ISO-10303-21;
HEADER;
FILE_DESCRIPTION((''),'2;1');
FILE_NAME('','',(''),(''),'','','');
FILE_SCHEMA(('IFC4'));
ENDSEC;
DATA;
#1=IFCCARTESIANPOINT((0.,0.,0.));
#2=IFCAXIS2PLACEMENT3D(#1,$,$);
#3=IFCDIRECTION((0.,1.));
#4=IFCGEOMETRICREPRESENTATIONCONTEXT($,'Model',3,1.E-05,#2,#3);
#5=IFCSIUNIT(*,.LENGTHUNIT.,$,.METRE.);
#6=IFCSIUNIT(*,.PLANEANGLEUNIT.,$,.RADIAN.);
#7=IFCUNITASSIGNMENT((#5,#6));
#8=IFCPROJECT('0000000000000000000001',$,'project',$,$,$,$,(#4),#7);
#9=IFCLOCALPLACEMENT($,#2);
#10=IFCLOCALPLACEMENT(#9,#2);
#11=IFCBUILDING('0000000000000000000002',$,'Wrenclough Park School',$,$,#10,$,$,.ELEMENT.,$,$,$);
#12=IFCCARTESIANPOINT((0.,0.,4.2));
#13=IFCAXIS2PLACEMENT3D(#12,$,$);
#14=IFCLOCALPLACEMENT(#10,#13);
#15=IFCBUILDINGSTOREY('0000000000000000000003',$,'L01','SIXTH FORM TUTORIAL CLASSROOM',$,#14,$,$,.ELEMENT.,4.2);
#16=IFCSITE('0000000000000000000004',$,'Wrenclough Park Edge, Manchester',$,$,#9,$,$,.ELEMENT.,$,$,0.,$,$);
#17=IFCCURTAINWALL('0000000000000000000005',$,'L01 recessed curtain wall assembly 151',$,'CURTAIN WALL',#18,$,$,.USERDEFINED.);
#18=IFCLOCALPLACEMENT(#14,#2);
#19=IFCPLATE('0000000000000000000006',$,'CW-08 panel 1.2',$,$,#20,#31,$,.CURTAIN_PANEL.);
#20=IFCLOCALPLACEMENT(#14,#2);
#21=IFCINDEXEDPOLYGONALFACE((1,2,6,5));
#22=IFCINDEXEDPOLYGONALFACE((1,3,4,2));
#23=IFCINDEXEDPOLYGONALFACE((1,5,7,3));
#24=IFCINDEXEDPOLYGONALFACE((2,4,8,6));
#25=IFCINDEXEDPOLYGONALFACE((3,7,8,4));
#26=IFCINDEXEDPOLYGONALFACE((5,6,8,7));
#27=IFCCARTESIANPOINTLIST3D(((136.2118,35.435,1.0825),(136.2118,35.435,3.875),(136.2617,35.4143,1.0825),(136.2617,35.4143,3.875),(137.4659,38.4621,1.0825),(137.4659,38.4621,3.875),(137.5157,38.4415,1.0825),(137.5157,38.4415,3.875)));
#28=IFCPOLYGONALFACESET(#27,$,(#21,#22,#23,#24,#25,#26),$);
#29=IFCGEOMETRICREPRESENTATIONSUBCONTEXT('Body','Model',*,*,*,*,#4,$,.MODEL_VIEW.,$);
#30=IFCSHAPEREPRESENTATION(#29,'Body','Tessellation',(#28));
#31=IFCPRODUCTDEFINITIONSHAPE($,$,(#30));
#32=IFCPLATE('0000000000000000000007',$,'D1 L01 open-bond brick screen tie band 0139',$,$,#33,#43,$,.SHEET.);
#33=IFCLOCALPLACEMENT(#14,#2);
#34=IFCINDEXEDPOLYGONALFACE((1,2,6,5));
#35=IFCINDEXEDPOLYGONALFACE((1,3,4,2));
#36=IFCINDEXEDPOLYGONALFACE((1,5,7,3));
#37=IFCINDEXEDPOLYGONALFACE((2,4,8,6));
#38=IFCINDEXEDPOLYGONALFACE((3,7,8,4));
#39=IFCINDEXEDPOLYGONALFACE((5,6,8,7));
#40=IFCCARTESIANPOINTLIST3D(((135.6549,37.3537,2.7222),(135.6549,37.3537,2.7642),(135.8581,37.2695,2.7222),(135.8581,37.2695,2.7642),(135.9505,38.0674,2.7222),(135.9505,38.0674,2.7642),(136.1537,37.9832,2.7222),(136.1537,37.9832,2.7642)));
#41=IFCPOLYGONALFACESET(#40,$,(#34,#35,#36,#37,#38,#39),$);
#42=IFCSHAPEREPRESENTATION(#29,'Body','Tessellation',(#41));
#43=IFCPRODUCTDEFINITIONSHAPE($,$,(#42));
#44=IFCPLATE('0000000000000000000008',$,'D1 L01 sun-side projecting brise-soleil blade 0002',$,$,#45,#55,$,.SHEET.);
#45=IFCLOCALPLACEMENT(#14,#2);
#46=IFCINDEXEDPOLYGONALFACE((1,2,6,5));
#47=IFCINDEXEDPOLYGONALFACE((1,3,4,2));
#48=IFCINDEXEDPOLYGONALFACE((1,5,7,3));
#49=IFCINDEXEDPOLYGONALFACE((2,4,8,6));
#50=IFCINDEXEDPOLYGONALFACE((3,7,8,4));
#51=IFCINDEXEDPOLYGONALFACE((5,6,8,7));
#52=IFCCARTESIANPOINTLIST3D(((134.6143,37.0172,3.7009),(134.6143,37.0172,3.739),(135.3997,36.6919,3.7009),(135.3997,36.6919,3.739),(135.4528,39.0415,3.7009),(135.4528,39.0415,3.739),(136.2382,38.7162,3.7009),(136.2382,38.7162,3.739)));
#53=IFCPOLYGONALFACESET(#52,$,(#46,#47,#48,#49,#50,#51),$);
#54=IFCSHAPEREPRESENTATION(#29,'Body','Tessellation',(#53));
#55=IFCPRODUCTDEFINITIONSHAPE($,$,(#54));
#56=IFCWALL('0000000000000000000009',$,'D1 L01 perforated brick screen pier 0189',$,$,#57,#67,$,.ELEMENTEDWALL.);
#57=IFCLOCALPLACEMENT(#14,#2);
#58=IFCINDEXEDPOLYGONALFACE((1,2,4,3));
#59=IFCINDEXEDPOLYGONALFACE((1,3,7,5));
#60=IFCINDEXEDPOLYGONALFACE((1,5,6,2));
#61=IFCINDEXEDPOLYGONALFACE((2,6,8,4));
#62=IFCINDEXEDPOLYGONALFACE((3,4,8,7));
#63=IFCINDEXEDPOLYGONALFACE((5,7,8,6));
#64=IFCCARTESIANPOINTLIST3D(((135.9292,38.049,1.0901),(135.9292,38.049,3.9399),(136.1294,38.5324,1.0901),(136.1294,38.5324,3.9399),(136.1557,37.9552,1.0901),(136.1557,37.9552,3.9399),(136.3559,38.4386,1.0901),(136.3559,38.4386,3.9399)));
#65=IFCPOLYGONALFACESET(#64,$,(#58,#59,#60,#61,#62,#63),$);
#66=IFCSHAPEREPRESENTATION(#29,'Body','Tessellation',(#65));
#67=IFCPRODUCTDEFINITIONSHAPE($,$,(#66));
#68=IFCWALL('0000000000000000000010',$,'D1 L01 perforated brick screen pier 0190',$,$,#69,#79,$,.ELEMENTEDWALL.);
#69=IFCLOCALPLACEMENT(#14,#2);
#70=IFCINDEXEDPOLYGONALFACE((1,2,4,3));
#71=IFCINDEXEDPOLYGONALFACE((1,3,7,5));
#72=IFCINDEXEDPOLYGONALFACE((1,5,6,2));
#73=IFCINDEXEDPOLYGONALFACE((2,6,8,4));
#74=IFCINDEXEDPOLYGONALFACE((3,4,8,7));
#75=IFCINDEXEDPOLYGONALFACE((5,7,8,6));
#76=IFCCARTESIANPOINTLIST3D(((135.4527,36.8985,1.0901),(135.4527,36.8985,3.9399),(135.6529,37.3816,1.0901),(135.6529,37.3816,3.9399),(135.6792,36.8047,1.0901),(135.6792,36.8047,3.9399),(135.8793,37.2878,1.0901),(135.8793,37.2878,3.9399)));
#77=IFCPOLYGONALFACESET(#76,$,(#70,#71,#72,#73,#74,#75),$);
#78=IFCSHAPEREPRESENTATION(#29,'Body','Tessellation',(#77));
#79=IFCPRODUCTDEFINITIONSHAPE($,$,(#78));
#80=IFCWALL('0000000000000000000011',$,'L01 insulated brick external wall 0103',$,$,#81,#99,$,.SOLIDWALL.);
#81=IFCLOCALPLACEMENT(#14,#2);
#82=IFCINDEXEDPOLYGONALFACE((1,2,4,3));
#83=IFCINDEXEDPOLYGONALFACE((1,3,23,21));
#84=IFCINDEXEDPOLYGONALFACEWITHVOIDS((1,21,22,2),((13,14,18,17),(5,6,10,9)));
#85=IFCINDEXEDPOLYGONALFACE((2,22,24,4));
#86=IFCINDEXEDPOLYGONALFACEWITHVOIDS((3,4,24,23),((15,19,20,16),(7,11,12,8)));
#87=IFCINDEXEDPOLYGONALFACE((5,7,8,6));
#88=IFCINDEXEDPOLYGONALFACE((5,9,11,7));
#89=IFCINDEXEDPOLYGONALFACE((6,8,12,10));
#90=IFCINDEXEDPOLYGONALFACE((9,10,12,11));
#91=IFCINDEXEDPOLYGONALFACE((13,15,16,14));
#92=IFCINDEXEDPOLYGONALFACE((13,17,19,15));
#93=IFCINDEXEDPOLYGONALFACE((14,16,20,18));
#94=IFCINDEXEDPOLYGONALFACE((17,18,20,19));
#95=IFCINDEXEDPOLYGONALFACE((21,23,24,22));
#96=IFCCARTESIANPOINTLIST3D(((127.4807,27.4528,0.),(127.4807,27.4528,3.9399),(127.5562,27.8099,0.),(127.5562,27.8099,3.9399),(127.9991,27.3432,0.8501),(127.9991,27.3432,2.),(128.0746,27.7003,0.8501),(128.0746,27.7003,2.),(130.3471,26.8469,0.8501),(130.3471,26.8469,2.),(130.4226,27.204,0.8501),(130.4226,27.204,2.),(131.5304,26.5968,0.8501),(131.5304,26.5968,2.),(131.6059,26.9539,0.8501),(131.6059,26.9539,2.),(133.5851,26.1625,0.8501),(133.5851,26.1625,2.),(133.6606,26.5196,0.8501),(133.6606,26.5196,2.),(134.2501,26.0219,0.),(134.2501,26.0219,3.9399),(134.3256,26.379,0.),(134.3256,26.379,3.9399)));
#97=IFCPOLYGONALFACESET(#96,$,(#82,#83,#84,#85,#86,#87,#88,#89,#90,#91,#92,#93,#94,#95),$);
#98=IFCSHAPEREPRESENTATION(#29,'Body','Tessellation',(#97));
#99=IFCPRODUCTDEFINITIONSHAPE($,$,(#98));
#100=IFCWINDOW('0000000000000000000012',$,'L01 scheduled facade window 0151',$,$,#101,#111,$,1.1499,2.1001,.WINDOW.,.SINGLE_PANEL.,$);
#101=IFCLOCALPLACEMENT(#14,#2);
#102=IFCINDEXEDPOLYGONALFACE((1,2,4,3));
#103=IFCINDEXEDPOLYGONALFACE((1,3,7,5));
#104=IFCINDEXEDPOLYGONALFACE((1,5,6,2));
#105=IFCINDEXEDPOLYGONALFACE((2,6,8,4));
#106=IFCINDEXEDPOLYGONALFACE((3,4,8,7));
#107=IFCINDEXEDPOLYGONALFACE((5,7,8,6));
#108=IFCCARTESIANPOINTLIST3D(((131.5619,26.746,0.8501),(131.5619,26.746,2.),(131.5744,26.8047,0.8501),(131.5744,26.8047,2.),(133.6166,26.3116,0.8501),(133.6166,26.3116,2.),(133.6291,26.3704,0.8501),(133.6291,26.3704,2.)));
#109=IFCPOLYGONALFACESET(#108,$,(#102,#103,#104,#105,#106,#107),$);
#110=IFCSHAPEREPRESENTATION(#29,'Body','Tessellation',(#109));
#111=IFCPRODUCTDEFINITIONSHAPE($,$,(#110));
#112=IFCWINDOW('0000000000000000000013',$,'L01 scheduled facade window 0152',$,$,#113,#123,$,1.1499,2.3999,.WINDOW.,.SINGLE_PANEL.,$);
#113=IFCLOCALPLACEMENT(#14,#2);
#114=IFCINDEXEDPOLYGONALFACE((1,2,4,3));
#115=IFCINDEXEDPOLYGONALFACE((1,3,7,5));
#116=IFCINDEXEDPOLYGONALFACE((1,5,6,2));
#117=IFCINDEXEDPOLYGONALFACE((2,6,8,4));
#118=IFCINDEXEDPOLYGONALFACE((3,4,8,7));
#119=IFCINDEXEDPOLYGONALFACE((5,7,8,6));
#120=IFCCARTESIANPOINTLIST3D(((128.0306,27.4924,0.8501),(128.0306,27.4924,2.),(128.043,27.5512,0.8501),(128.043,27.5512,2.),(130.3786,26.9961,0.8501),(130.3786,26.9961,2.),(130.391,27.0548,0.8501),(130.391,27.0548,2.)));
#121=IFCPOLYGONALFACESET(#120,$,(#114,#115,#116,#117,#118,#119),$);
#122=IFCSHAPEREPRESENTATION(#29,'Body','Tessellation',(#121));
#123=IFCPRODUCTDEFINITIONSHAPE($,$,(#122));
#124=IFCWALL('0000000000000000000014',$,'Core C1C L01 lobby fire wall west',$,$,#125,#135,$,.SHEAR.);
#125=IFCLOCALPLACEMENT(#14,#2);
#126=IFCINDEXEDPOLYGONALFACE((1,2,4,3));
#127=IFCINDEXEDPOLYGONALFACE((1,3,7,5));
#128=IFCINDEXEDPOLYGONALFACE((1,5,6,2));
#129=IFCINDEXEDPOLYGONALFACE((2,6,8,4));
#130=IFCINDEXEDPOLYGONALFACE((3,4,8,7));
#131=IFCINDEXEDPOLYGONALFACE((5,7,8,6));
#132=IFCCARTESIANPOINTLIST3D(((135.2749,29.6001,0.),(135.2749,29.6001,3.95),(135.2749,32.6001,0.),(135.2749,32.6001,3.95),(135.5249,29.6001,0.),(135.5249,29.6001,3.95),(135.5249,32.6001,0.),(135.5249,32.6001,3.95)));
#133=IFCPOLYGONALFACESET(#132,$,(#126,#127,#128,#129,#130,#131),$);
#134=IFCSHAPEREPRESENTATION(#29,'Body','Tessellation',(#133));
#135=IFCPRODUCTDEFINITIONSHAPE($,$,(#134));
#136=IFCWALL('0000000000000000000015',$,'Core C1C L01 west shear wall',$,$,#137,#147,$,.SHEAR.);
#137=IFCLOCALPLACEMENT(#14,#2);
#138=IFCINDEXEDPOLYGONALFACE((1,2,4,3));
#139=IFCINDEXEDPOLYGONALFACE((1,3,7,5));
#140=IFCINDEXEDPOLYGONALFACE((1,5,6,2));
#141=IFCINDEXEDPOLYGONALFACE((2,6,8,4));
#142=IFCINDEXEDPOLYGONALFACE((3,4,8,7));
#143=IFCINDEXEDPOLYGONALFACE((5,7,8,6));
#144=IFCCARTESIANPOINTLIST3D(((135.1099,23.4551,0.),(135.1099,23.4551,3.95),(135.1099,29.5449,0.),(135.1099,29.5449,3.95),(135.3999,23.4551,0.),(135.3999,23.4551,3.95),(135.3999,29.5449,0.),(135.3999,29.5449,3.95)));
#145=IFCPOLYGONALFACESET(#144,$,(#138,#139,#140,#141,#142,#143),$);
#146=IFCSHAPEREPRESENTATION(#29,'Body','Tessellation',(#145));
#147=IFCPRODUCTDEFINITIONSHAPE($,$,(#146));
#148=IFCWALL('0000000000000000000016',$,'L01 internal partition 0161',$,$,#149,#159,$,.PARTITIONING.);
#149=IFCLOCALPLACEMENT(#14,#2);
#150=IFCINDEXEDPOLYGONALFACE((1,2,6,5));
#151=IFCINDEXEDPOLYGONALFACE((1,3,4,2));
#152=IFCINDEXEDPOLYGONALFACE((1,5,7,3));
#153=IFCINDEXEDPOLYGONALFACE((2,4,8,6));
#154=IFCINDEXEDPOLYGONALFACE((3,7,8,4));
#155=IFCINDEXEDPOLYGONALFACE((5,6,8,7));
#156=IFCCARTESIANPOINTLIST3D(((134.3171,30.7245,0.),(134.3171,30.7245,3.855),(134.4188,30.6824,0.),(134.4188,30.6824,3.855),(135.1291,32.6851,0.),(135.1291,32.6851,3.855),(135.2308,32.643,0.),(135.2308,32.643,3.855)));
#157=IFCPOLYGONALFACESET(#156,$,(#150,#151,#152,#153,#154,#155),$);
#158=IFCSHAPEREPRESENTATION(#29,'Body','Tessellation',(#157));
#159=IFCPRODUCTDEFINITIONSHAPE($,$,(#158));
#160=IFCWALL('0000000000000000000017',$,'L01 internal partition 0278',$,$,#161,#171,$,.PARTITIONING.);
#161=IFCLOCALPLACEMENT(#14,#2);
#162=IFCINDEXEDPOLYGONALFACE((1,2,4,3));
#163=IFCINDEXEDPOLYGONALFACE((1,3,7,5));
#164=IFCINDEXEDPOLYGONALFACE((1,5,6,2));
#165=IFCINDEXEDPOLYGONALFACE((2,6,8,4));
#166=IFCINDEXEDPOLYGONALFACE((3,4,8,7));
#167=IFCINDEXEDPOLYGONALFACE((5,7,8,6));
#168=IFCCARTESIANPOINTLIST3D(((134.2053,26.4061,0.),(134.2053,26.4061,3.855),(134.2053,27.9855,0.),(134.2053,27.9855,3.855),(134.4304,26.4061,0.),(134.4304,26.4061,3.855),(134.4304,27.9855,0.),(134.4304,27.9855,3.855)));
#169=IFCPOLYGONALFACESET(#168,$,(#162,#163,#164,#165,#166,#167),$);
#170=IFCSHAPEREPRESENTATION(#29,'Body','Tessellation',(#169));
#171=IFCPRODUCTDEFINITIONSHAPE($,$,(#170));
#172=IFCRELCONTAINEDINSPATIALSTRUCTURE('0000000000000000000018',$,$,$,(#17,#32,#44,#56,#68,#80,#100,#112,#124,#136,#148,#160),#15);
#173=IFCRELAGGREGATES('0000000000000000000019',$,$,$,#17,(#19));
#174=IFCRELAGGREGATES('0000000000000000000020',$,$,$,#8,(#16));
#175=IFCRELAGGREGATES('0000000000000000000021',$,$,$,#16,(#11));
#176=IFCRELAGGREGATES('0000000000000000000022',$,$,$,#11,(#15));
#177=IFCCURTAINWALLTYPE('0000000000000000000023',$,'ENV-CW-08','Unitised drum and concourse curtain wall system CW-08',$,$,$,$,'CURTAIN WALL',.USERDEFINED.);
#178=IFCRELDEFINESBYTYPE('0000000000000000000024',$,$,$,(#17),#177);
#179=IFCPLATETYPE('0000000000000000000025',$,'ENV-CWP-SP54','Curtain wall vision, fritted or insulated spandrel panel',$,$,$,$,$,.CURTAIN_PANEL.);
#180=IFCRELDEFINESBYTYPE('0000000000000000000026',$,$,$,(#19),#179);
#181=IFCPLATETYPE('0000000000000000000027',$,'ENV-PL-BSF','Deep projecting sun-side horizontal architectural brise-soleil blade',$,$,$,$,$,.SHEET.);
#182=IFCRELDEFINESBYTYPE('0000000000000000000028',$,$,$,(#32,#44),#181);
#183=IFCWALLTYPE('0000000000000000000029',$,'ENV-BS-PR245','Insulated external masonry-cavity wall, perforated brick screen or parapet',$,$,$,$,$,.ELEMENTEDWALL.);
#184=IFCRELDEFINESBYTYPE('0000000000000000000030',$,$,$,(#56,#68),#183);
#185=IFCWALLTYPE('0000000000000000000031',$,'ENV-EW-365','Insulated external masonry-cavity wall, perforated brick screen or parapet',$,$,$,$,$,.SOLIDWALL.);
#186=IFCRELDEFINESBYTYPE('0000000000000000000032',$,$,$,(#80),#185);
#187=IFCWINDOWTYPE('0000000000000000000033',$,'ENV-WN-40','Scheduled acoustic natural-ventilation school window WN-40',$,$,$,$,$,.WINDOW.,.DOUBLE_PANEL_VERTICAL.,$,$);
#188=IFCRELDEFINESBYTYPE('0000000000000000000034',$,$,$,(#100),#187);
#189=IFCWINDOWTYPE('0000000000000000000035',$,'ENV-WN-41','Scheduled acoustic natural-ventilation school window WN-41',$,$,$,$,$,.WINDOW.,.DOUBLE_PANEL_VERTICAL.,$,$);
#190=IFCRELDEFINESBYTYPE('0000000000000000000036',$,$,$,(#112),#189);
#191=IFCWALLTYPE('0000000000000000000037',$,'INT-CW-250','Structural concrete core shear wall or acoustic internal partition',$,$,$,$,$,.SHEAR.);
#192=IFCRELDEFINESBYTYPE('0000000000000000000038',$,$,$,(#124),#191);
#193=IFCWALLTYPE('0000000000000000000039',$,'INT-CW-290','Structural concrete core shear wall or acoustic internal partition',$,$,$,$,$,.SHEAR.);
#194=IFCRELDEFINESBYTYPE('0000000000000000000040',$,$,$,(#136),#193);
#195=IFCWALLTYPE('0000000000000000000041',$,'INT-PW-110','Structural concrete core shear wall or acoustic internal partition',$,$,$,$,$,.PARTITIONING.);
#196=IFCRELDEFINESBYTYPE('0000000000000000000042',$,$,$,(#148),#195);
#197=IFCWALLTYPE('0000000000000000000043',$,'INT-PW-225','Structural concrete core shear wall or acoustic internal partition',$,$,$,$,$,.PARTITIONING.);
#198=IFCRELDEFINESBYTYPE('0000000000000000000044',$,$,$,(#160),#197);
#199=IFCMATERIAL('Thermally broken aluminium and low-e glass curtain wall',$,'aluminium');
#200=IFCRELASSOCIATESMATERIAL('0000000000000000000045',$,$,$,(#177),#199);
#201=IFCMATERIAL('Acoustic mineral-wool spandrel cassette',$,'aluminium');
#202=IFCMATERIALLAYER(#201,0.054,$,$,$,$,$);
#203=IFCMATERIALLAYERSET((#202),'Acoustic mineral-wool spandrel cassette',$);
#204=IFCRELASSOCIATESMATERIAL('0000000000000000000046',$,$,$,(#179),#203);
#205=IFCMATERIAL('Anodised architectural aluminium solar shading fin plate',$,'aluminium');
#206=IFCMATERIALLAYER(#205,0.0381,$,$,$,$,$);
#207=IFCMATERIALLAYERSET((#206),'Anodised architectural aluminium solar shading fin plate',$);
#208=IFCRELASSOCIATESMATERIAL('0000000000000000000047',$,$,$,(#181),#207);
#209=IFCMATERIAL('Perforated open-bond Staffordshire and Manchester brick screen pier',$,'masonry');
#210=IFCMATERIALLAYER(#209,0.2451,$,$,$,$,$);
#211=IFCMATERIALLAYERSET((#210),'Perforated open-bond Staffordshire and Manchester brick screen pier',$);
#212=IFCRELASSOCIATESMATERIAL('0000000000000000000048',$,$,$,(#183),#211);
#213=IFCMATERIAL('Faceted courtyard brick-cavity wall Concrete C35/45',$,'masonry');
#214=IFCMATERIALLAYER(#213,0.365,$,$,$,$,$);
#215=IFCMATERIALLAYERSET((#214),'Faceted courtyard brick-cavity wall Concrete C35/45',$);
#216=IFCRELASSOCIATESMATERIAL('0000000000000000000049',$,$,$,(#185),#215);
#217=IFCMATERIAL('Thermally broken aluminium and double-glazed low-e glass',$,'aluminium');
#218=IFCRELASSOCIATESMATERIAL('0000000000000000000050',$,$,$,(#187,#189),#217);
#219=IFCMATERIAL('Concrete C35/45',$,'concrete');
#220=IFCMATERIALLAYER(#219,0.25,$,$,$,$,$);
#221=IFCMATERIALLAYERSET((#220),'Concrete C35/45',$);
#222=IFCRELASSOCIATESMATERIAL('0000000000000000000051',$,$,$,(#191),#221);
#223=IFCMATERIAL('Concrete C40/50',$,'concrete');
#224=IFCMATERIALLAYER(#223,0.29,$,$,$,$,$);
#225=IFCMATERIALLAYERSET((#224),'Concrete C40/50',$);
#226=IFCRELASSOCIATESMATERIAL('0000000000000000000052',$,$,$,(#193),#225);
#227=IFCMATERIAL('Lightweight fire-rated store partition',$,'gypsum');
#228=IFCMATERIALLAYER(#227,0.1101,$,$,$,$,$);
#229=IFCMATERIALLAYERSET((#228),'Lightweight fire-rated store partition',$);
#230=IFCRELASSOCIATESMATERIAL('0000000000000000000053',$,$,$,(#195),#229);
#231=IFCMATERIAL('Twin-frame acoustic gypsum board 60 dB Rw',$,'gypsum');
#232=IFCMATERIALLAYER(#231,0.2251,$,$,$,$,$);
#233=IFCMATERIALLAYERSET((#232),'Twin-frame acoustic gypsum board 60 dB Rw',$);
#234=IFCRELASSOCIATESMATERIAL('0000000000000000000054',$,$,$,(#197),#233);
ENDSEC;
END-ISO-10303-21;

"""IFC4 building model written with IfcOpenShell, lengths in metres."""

from ifc_helpers import new_model, si_unit, direction, frame, frame_2d, origin, origin_2d, place, context, subcontext, project, spatial, rectangle, extrude, material, layer, layer_set, type_object, element, fill, aggregate, save


model = new_model("IFC4")

# Units and contexts
model_context = context("Model", 3, precision=1e-05, world=origin(), true_north=direction((0.0, 1.0)))
body_context = subcontext(model_context, "Body", "Model", "MODEL_VIEW")
ifc_project = project(units=[si_unit("LENGTHUNIT", "METRE"), si_unit("PLANEANGLEUNIT", "RADIAN")], contexts=[model_context])

# Site, building, storey
site_placement = place(None, origin())
site = spatial("IfcSite", under=ifc_project, at=site_placement, Name="Wrenclough Park Edge, Manchester", CompositionType="ELEMENT", RefElevation=0.0)
building_placement = place(site_placement, origin())
building = spatial("IfcBuilding", under=site, at=building_placement, Name="Wrenclough Park School", CompositionType="ELEMENT")
storey_placement = place(building_placement, frame((0.0, 0.0, 4.2)))
storey = spatial("IfcBuildingStorey", under=building, at=storey_placement, Name="L01", Description="SIXTH FORM TUTORIAL CLASSROOM", CompositionType="ELEMENT", Elevation=4.2)

# Curtain wall
ifc_material_1 = material(Name="Thermally broken aluminium and low-e glass curtain wall", Category="aluminium")
curtain_wall_type_1 = type_object("IfcCurtainWallType", Name="ENV-CW-08", Description="Unitised drum and concourse curtain wall system CW-08", ElementType="CURTAIN WALL", PredefinedType="USERDEFINED", material=ifc_material_1)
curtain_wall_1_placement = place(storey_placement, origin())
curtain_wall_1 = element("IfcCurtainWall", 1, at=curtain_wall_1_placement, inside=storey, type_object=curtain_wall_type_1, Name="L01 recessed curtain wall assembly 151", ObjectType="CURTAIN WALL", PredefinedType="USERDEFINED")

# Plate
ifc_material_2 = material(Name="Acoustic mineral-wool spandrel cassette", Category="aluminium")
ifc_layer_1 = layer(ifc_material_2, 0.054)
ifc_layer_set_1 = layer_set([ifc_layer_1], Name="Acoustic mineral-wool spandrel cassette")
plate_type_1 = type_object("IfcPlateType", Name="ENV-CWP-SP54", Description="Curtain wall vision, fritted or insulated spandrel panel", PredefinedType="CURTAIN_PANEL", material=ifc_layer_set_1)
plate_1_placement = place(storey_placement, frame((136.8638, 36.9382, 1.0825), z_axis=(0.0, 0.0, 1.0), x_axis=(0.38272, 0.923864, 0.0)))
plate_1 = element("IfcPlate", 2, at=plate_1_placement, type_object=plate_type_1, Name="CW-08 panel 1.2", PredefinedType="CURTAIN_PANEL", context=body_context, shape_type="SweptSolid", body=[
    extrude(rectangle(XDim=3.2766, YDim=0.054, at=origin_2d()), origin(), (0.0, 0.0, 1.0), 2.7925),
])
aggregate(curtain_wall_1, [plate_1])

# Plates
ifc_material_3 = material(Name="Anodised architectural aluminium solar shading fin plate", Category="aluminium")
ifc_layer_2 = layer(ifc_material_3, 0.0381)
ifc_layer_set_2 = layer_set([ifc_layer_2], Name="Anodised architectural aluminium solar shading fin plate")
plate_type_2 = type_object("IfcPlateType", Name="ENV-PL-BSF", Description="Deep projecting sun-side horizontal architectural brise-soleil blade", PredefinedType="SHEET", material=ifc_layer_set_2)
plate_2_placement = place(storey_placement, frame((135.9043, 37.6685, 2.7222), z_axis=(0.0, 0.0, 1.0), x_axis=(-0.382679, -0.923881, 0.0)))
element("IfcPlate", 3, at=plate_2_placement, inside=storey, type_object=plate_type_2, Name="D1 L01 open-bond brick screen tie band 0139", PredefinedType="SHEET", context=body_context, shape_type="SweptSolid", body=[
    extrude(rectangle(XDim=0.7725, YDim=0.22, at=origin_2d()), origin(), (0.0, 0.0, 1.0), 0.042),
])
plate_3_placement = place(storey_placement, frame((135.4263, 37.8667, 3.7009), z_axis=(0.0, 0.0, 1.0), x_axis=(-0.382679, -0.923881, 0.0)))
element("IfcPlate", 4, at=plate_3_placement, inside=storey, type_object=plate_type_2, Name="D1 L01 sun-side projecting brise-soleil blade 0002", PredefinedType="SHEET", context=body_context, shape_type="SweptSolid", body=[
    extrude(rectangle(XDim=2.1912, YDim=0.8501, at=origin_2d()), origin(), (0.0, 0.0, 1.0), 0.0381),
])

# Walls
ifc_material_4 = material(Name="Perforated open-bond Staffordshire and Manchester brick screen pier", Category="masonry")
ifc_layer_3 = layer(ifc_material_4, 0.2451)
ifc_layer_set_3 = layer_set([ifc_layer_3], Name="Perforated open-bond Staffordshire and Manchester brick screen pier")
wall_type_1 = type_object("IfcWallType", Name="ENV-BS-PR245", Description="Insulated external masonry-cavity wall, perforated brick screen or parapet", PredefinedType="ELEMENTEDWALL", material=ifc_layer_set_3)
wall_1_placement = place(storey_placement, frame((136.2427, 38.4856, 1.0901), z_axis=(0.0, 0.0, 1.0), x_axis=(-0.382627, -0.923903, 0.0)))
element("IfcWall", 5, at=wall_1_placement, inside=storey, type_object=wall_type_1, Name="D1 L01 perforated brick screen pier 0189", PredefinedType="ELEMENTEDWALL", context=body_context, shape_type="SweptSolid", body=[
    extrude(rectangle(XDim=0.5232, YDim=0.2451, at=frame_2d((0.2617, 0.0))), origin(), (0.0, 0.0, 1.0), 2.8499),
])
wall_2_placement = place(storey_placement, frame((135.7661, 37.3347, 1.0901), z_axis=(0.0, 0.0, 1.0), x_axis=(-0.382792, -0.923835, 0.0)))
element("IfcWall", 6, at=wall_2_placement, inside=storey, type_object=wall_type_1, Name="D1 L01 perforated brick screen pier 0190", PredefinedType="ELEMENTEDWALL", context=body_context, shape_type="SweptSolid", body=[
    extrude(rectangle(XDim=0.5229, YDim=0.2451, at=frame_2d((0.2615, 0.0))), origin(), (0.0, 0.0, 1.0), 2.8499),
])

# Wall, openings, windows
ifc_material_5 = material(Name="Faceted courtyard brick-cavity wall Concrete C35/45", Category="masonry")
ifc_layer_4 = layer(ifc_material_5, 0.365)
ifc_layer_set_4 = layer_set([ifc_layer_4], Name="Faceted courtyard brick-cavity wall Concrete C35/45")
wall_type_2 = type_object("IfcWallType", Name="ENV-EW-365", Description="Insulated external masonry-cavity wall, perforated brick screen or parapet", PredefinedType="SOLIDWALL", material=ifc_layer_set_4)
wall_3_placement = place(storey_placement, frame((134.2878, 26.2004, 0.0), z_axis=(0.0, 0.0, 1.0), x_axis=(-0.978381, 0.206812, 0.0)))
wall_3 = element("IfcWall", 7, at=wall_3_placement, inside=storey, type_object=wall_type_2, Name="L01 insulated brick external wall 0103", PredefinedType="SOLIDWALL", context=body_context, shape_type="SweptSolid", body=[
    extrude(rectangle(XDim=6.9189, YDim=0.365, at=frame_2d((3.4595, 0.0))), origin(), (0.0, 0.0, 1.0), 3.9399),
])
opening_1_placement = place(wall_3_placement, frame((0.6797, 0.0, 0.8501)))
opening_1 = element("IfcOpeningElement", 8, at=opening_1_placement, cuts=wall_3, PredefinedType="OPENING", context=body_context, shape_type="SweptSolid", body=[
    extrude(rectangle(XDim=2.1001, YDim=1.1499, at=frame_2d((1.05, 0.575))), frame((0.0, 0.1924, 0.0), z_axis=(0.0, -1.0, 0.0), x_axis=(1.0, 0.0, 0.0)), (0.0, 0.0, 1.0), 0.385),
])
opening_2_placement = place(wall_3_placement, frame((3.9893, 0.0, 0.8501)))
opening_2 = element("IfcOpeningElement", 9, at=opening_2_placement, cuts=wall_3, PredefinedType="OPENING", context=body_context, shape_type="SweptSolid", body=[
    extrude(rectangle(XDim=2.3999, YDim=1.1499, at=frame_2d((1.2, 0.575))), frame((0.0, 0.1924, 0.0), z_axis=(0.0, -1.0, 0.0), x_axis=(1.0, 0.0, 0.0)), (0.0, 0.0, 1.0), 0.385),
])
ifc_material_6 = material(Name="Thermally broken aluminium and double-glazed low-e glass", Category="aluminium")
window_type_1 = type_object("IfcWindowType", Name="ENV-WN-40", Description="Scheduled acoustic natural-ventilation school window WN-40", PartitioningType="DOUBLE_PANEL_VERTICAL", PredefinedType="WINDOW", material=ifc_material_6)
window_1_placement = place(opening_1_placement, origin())
window_1 = element("IfcWindow", 10, at=window_1_placement, inside=storey, type_object=window_type_1, Name="L01 scheduled facade window 0151", OverallHeight=1.1499, OverallWidth=2.1001, PartitioningType="SINGLE_PANEL", PredefinedType="WINDOW", context=body_context, shape_type="SweptSolid", body=[
    extrude(rectangle(XDim=2.1001, YDim=1.1499, at=frame_2d((1.05, 0.575))), frame((0.0, 0.03, 0.0), z_axis=(0.0, -1.0, 0.0), x_axis=(1.0, 0.0, 0.0)), (0.0, 0.0, 1.0), 0.0601),
])
fill(opening_1, window_1)
window_type_2 = type_object("IfcWindowType", Name="ENV-WN-41", Description="Scheduled acoustic natural-ventilation school window WN-41", PartitioningType="DOUBLE_PANEL_VERTICAL", PredefinedType="WINDOW", material=ifc_material_6)
window_2_placement = place(opening_2_placement, origin())
window_2 = element("IfcWindow", 11, at=window_2_placement, inside=storey, type_object=window_type_2, Name="L01 scheduled facade window 0152", OverallHeight=1.1499, OverallWidth=2.3999, PartitioningType="SINGLE_PANEL", PredefinedType="WINDOW", context=body_context, shape_type="SweptSolid", body=[
    extrude(rectangle(XDim=2.3999, YDim=1.1499, at=frame_2d((1.2, 0.575))), frame((0.0, 0.03, 0.0), z_axis=(0.0, -1.0, 0.0), x_axis=(1.0, 0.0, 0.0)), (0.0, 0.0, 1.0), 0.0601),
])
fill(opening_2, window_2)

# Walls
ifc_material_7 = material(Name="Concrete C35/45", Category="concrete")
ifc_layer_5 = layer(ifc_material_7, 0.25)
ifc_layer_set_5 = layer_set([ifc_layer_5], Name="Concrete C35/45")
wall_type_3 = type_object("IfcWallType", Name="INT-CW-250", Description="Structural concrete core shear wall or acoustic internal partition", PredefinedType="SHEAR", material=ifc_layer_set_5)
wall_4_placement = place(storey_placement, frame((135.3999, 32.6001, 0.0), z_axis=(0.0, 0.0, 1.0), x_axis=(0.0, -1.0, 0.0)))
element("IfcWall", 12, at=wall_4_placement, inside=storey, type_object=wall_type_3, Name="Core C1C L01 lobby fire wall west", PredefinedType="SHEAR", context=body_context, shape_type="SweptSolid", body=[
    extrude(rectangle(XDim=3.0, YDim=0.25, at=frame_2d((1.5, 0.0))), origin(), (0.0, 0.0, 1.0), 3.95),
])
ifc_material_8 = material(Name="Concrete C40/50", Category="concrete")
ifc_layer_6 = layer(ifc_material_8, 0.29)
ifc_layer_set_6 = layer_set([ifc_layer_6], Name="Concrete C40/50")
wall_type_4 = type_object("IfcWallType", Name="INT-CW-290", Description="Structural concrete core shear wall or acoustic internal partition", PredefinedType="SHEAR", material=ifc_layer_set_6)
wall_5_placement = place(storey_placement, frame((135.2549, 29.5449, 0.0), z_axis=(0.0, 0.0, 1.0), x_axis=(0.0, -1.0, 0.0)))
element("IfcWall", 13, at=wall_5_placement, inside=storey, type_object=wall_type_4, Name="Core C1C L01 west shear wall", PredefinedType="SHEAR", context=body_context, shape_type="SweptSolid", body=[
    extrude(rectangle(XDim=6.0898, YDim=0.29, at=frame_2d((3.0449, 0.0))), origin(), (0.0, 0.0, 1.0), 3.95),
])
ifc_material_9 = material(Name="Lightweight fire-rated store partition", Category="gypsum")
ifc_layer_7 = layer(ifc_material_9, 0.1101)
ifc_layer_set_7 = layer_set([ifc_layer_7], Name="Lightweight fire-rated store partition")
wall_type_5 = type_object("IfcWallType", Name="INT-PW-110", Description="Structural concrete core shear wall or acoustic internal partition", PredefinedType="PARTITIONING", material=ifc_layer_set_7)
wall_6_placement = place(storey_placement, frame((135.1799, 32.6641, 0.0), z_axis=(0.0, 0.0, 1.0), x_axis=(-0.38263, -0.923902, 0.0)))
element("IfcWall", 14, at=wall_6_placement, inside=storey, type_object=wall_type_5, Name="L01 internal partition 0161", PredefinedType="PARTITIONING", context=body_context, shape_type="SweptSolid", body=[
    extrude(rectangle(XDim=2.1221, YDim=0.1101, at=frame_2d((1.061, 0.0))), origin(), (0.0, 0.0, 1.0), 3.855),
])
ifc_material_10 = material(Name="Twin-frame acoustic gypsum board 60 dB Rw", Category="gypsum")
ifc_layer_8 = layer(ifc_material_10, 0.2251)
ifc_layer_set_8 = layer_set([ifc_layer_8], Name="Twin-frame acoustic gypsum board 60 dB Rw")
wall_type_6 = type_object("IfcWallType", Name="INT-PW-225", Description="Structural concrete core shear wall or acoustic internal partition", PredefinedType="PARTITIONING", material=ifc_layer_set_8)
wall_7_placement = place(storey_placement, frame((134.3179, 26.4062, 0.0), z_axis=(0.0, 0.0, 1.0), x_axis=(0.0, 1.0, 0.0)))
element("IfcWall", 15, at=wall_7_placement, inside=storey, type_object=wall_type_6, Name="L01 internal partition 0278", PredefinedType="PARTITIONING", context=body_context, shape_type="SweptSolid", body=[
    extrude(rectangle(XDim=1.5793, YDim=0.2251, at=frame_2d((0.7896, 0.0))), origin(), (0.0, 0.0, 1.0), 3.855),
])

save(model, "model.ifc")
